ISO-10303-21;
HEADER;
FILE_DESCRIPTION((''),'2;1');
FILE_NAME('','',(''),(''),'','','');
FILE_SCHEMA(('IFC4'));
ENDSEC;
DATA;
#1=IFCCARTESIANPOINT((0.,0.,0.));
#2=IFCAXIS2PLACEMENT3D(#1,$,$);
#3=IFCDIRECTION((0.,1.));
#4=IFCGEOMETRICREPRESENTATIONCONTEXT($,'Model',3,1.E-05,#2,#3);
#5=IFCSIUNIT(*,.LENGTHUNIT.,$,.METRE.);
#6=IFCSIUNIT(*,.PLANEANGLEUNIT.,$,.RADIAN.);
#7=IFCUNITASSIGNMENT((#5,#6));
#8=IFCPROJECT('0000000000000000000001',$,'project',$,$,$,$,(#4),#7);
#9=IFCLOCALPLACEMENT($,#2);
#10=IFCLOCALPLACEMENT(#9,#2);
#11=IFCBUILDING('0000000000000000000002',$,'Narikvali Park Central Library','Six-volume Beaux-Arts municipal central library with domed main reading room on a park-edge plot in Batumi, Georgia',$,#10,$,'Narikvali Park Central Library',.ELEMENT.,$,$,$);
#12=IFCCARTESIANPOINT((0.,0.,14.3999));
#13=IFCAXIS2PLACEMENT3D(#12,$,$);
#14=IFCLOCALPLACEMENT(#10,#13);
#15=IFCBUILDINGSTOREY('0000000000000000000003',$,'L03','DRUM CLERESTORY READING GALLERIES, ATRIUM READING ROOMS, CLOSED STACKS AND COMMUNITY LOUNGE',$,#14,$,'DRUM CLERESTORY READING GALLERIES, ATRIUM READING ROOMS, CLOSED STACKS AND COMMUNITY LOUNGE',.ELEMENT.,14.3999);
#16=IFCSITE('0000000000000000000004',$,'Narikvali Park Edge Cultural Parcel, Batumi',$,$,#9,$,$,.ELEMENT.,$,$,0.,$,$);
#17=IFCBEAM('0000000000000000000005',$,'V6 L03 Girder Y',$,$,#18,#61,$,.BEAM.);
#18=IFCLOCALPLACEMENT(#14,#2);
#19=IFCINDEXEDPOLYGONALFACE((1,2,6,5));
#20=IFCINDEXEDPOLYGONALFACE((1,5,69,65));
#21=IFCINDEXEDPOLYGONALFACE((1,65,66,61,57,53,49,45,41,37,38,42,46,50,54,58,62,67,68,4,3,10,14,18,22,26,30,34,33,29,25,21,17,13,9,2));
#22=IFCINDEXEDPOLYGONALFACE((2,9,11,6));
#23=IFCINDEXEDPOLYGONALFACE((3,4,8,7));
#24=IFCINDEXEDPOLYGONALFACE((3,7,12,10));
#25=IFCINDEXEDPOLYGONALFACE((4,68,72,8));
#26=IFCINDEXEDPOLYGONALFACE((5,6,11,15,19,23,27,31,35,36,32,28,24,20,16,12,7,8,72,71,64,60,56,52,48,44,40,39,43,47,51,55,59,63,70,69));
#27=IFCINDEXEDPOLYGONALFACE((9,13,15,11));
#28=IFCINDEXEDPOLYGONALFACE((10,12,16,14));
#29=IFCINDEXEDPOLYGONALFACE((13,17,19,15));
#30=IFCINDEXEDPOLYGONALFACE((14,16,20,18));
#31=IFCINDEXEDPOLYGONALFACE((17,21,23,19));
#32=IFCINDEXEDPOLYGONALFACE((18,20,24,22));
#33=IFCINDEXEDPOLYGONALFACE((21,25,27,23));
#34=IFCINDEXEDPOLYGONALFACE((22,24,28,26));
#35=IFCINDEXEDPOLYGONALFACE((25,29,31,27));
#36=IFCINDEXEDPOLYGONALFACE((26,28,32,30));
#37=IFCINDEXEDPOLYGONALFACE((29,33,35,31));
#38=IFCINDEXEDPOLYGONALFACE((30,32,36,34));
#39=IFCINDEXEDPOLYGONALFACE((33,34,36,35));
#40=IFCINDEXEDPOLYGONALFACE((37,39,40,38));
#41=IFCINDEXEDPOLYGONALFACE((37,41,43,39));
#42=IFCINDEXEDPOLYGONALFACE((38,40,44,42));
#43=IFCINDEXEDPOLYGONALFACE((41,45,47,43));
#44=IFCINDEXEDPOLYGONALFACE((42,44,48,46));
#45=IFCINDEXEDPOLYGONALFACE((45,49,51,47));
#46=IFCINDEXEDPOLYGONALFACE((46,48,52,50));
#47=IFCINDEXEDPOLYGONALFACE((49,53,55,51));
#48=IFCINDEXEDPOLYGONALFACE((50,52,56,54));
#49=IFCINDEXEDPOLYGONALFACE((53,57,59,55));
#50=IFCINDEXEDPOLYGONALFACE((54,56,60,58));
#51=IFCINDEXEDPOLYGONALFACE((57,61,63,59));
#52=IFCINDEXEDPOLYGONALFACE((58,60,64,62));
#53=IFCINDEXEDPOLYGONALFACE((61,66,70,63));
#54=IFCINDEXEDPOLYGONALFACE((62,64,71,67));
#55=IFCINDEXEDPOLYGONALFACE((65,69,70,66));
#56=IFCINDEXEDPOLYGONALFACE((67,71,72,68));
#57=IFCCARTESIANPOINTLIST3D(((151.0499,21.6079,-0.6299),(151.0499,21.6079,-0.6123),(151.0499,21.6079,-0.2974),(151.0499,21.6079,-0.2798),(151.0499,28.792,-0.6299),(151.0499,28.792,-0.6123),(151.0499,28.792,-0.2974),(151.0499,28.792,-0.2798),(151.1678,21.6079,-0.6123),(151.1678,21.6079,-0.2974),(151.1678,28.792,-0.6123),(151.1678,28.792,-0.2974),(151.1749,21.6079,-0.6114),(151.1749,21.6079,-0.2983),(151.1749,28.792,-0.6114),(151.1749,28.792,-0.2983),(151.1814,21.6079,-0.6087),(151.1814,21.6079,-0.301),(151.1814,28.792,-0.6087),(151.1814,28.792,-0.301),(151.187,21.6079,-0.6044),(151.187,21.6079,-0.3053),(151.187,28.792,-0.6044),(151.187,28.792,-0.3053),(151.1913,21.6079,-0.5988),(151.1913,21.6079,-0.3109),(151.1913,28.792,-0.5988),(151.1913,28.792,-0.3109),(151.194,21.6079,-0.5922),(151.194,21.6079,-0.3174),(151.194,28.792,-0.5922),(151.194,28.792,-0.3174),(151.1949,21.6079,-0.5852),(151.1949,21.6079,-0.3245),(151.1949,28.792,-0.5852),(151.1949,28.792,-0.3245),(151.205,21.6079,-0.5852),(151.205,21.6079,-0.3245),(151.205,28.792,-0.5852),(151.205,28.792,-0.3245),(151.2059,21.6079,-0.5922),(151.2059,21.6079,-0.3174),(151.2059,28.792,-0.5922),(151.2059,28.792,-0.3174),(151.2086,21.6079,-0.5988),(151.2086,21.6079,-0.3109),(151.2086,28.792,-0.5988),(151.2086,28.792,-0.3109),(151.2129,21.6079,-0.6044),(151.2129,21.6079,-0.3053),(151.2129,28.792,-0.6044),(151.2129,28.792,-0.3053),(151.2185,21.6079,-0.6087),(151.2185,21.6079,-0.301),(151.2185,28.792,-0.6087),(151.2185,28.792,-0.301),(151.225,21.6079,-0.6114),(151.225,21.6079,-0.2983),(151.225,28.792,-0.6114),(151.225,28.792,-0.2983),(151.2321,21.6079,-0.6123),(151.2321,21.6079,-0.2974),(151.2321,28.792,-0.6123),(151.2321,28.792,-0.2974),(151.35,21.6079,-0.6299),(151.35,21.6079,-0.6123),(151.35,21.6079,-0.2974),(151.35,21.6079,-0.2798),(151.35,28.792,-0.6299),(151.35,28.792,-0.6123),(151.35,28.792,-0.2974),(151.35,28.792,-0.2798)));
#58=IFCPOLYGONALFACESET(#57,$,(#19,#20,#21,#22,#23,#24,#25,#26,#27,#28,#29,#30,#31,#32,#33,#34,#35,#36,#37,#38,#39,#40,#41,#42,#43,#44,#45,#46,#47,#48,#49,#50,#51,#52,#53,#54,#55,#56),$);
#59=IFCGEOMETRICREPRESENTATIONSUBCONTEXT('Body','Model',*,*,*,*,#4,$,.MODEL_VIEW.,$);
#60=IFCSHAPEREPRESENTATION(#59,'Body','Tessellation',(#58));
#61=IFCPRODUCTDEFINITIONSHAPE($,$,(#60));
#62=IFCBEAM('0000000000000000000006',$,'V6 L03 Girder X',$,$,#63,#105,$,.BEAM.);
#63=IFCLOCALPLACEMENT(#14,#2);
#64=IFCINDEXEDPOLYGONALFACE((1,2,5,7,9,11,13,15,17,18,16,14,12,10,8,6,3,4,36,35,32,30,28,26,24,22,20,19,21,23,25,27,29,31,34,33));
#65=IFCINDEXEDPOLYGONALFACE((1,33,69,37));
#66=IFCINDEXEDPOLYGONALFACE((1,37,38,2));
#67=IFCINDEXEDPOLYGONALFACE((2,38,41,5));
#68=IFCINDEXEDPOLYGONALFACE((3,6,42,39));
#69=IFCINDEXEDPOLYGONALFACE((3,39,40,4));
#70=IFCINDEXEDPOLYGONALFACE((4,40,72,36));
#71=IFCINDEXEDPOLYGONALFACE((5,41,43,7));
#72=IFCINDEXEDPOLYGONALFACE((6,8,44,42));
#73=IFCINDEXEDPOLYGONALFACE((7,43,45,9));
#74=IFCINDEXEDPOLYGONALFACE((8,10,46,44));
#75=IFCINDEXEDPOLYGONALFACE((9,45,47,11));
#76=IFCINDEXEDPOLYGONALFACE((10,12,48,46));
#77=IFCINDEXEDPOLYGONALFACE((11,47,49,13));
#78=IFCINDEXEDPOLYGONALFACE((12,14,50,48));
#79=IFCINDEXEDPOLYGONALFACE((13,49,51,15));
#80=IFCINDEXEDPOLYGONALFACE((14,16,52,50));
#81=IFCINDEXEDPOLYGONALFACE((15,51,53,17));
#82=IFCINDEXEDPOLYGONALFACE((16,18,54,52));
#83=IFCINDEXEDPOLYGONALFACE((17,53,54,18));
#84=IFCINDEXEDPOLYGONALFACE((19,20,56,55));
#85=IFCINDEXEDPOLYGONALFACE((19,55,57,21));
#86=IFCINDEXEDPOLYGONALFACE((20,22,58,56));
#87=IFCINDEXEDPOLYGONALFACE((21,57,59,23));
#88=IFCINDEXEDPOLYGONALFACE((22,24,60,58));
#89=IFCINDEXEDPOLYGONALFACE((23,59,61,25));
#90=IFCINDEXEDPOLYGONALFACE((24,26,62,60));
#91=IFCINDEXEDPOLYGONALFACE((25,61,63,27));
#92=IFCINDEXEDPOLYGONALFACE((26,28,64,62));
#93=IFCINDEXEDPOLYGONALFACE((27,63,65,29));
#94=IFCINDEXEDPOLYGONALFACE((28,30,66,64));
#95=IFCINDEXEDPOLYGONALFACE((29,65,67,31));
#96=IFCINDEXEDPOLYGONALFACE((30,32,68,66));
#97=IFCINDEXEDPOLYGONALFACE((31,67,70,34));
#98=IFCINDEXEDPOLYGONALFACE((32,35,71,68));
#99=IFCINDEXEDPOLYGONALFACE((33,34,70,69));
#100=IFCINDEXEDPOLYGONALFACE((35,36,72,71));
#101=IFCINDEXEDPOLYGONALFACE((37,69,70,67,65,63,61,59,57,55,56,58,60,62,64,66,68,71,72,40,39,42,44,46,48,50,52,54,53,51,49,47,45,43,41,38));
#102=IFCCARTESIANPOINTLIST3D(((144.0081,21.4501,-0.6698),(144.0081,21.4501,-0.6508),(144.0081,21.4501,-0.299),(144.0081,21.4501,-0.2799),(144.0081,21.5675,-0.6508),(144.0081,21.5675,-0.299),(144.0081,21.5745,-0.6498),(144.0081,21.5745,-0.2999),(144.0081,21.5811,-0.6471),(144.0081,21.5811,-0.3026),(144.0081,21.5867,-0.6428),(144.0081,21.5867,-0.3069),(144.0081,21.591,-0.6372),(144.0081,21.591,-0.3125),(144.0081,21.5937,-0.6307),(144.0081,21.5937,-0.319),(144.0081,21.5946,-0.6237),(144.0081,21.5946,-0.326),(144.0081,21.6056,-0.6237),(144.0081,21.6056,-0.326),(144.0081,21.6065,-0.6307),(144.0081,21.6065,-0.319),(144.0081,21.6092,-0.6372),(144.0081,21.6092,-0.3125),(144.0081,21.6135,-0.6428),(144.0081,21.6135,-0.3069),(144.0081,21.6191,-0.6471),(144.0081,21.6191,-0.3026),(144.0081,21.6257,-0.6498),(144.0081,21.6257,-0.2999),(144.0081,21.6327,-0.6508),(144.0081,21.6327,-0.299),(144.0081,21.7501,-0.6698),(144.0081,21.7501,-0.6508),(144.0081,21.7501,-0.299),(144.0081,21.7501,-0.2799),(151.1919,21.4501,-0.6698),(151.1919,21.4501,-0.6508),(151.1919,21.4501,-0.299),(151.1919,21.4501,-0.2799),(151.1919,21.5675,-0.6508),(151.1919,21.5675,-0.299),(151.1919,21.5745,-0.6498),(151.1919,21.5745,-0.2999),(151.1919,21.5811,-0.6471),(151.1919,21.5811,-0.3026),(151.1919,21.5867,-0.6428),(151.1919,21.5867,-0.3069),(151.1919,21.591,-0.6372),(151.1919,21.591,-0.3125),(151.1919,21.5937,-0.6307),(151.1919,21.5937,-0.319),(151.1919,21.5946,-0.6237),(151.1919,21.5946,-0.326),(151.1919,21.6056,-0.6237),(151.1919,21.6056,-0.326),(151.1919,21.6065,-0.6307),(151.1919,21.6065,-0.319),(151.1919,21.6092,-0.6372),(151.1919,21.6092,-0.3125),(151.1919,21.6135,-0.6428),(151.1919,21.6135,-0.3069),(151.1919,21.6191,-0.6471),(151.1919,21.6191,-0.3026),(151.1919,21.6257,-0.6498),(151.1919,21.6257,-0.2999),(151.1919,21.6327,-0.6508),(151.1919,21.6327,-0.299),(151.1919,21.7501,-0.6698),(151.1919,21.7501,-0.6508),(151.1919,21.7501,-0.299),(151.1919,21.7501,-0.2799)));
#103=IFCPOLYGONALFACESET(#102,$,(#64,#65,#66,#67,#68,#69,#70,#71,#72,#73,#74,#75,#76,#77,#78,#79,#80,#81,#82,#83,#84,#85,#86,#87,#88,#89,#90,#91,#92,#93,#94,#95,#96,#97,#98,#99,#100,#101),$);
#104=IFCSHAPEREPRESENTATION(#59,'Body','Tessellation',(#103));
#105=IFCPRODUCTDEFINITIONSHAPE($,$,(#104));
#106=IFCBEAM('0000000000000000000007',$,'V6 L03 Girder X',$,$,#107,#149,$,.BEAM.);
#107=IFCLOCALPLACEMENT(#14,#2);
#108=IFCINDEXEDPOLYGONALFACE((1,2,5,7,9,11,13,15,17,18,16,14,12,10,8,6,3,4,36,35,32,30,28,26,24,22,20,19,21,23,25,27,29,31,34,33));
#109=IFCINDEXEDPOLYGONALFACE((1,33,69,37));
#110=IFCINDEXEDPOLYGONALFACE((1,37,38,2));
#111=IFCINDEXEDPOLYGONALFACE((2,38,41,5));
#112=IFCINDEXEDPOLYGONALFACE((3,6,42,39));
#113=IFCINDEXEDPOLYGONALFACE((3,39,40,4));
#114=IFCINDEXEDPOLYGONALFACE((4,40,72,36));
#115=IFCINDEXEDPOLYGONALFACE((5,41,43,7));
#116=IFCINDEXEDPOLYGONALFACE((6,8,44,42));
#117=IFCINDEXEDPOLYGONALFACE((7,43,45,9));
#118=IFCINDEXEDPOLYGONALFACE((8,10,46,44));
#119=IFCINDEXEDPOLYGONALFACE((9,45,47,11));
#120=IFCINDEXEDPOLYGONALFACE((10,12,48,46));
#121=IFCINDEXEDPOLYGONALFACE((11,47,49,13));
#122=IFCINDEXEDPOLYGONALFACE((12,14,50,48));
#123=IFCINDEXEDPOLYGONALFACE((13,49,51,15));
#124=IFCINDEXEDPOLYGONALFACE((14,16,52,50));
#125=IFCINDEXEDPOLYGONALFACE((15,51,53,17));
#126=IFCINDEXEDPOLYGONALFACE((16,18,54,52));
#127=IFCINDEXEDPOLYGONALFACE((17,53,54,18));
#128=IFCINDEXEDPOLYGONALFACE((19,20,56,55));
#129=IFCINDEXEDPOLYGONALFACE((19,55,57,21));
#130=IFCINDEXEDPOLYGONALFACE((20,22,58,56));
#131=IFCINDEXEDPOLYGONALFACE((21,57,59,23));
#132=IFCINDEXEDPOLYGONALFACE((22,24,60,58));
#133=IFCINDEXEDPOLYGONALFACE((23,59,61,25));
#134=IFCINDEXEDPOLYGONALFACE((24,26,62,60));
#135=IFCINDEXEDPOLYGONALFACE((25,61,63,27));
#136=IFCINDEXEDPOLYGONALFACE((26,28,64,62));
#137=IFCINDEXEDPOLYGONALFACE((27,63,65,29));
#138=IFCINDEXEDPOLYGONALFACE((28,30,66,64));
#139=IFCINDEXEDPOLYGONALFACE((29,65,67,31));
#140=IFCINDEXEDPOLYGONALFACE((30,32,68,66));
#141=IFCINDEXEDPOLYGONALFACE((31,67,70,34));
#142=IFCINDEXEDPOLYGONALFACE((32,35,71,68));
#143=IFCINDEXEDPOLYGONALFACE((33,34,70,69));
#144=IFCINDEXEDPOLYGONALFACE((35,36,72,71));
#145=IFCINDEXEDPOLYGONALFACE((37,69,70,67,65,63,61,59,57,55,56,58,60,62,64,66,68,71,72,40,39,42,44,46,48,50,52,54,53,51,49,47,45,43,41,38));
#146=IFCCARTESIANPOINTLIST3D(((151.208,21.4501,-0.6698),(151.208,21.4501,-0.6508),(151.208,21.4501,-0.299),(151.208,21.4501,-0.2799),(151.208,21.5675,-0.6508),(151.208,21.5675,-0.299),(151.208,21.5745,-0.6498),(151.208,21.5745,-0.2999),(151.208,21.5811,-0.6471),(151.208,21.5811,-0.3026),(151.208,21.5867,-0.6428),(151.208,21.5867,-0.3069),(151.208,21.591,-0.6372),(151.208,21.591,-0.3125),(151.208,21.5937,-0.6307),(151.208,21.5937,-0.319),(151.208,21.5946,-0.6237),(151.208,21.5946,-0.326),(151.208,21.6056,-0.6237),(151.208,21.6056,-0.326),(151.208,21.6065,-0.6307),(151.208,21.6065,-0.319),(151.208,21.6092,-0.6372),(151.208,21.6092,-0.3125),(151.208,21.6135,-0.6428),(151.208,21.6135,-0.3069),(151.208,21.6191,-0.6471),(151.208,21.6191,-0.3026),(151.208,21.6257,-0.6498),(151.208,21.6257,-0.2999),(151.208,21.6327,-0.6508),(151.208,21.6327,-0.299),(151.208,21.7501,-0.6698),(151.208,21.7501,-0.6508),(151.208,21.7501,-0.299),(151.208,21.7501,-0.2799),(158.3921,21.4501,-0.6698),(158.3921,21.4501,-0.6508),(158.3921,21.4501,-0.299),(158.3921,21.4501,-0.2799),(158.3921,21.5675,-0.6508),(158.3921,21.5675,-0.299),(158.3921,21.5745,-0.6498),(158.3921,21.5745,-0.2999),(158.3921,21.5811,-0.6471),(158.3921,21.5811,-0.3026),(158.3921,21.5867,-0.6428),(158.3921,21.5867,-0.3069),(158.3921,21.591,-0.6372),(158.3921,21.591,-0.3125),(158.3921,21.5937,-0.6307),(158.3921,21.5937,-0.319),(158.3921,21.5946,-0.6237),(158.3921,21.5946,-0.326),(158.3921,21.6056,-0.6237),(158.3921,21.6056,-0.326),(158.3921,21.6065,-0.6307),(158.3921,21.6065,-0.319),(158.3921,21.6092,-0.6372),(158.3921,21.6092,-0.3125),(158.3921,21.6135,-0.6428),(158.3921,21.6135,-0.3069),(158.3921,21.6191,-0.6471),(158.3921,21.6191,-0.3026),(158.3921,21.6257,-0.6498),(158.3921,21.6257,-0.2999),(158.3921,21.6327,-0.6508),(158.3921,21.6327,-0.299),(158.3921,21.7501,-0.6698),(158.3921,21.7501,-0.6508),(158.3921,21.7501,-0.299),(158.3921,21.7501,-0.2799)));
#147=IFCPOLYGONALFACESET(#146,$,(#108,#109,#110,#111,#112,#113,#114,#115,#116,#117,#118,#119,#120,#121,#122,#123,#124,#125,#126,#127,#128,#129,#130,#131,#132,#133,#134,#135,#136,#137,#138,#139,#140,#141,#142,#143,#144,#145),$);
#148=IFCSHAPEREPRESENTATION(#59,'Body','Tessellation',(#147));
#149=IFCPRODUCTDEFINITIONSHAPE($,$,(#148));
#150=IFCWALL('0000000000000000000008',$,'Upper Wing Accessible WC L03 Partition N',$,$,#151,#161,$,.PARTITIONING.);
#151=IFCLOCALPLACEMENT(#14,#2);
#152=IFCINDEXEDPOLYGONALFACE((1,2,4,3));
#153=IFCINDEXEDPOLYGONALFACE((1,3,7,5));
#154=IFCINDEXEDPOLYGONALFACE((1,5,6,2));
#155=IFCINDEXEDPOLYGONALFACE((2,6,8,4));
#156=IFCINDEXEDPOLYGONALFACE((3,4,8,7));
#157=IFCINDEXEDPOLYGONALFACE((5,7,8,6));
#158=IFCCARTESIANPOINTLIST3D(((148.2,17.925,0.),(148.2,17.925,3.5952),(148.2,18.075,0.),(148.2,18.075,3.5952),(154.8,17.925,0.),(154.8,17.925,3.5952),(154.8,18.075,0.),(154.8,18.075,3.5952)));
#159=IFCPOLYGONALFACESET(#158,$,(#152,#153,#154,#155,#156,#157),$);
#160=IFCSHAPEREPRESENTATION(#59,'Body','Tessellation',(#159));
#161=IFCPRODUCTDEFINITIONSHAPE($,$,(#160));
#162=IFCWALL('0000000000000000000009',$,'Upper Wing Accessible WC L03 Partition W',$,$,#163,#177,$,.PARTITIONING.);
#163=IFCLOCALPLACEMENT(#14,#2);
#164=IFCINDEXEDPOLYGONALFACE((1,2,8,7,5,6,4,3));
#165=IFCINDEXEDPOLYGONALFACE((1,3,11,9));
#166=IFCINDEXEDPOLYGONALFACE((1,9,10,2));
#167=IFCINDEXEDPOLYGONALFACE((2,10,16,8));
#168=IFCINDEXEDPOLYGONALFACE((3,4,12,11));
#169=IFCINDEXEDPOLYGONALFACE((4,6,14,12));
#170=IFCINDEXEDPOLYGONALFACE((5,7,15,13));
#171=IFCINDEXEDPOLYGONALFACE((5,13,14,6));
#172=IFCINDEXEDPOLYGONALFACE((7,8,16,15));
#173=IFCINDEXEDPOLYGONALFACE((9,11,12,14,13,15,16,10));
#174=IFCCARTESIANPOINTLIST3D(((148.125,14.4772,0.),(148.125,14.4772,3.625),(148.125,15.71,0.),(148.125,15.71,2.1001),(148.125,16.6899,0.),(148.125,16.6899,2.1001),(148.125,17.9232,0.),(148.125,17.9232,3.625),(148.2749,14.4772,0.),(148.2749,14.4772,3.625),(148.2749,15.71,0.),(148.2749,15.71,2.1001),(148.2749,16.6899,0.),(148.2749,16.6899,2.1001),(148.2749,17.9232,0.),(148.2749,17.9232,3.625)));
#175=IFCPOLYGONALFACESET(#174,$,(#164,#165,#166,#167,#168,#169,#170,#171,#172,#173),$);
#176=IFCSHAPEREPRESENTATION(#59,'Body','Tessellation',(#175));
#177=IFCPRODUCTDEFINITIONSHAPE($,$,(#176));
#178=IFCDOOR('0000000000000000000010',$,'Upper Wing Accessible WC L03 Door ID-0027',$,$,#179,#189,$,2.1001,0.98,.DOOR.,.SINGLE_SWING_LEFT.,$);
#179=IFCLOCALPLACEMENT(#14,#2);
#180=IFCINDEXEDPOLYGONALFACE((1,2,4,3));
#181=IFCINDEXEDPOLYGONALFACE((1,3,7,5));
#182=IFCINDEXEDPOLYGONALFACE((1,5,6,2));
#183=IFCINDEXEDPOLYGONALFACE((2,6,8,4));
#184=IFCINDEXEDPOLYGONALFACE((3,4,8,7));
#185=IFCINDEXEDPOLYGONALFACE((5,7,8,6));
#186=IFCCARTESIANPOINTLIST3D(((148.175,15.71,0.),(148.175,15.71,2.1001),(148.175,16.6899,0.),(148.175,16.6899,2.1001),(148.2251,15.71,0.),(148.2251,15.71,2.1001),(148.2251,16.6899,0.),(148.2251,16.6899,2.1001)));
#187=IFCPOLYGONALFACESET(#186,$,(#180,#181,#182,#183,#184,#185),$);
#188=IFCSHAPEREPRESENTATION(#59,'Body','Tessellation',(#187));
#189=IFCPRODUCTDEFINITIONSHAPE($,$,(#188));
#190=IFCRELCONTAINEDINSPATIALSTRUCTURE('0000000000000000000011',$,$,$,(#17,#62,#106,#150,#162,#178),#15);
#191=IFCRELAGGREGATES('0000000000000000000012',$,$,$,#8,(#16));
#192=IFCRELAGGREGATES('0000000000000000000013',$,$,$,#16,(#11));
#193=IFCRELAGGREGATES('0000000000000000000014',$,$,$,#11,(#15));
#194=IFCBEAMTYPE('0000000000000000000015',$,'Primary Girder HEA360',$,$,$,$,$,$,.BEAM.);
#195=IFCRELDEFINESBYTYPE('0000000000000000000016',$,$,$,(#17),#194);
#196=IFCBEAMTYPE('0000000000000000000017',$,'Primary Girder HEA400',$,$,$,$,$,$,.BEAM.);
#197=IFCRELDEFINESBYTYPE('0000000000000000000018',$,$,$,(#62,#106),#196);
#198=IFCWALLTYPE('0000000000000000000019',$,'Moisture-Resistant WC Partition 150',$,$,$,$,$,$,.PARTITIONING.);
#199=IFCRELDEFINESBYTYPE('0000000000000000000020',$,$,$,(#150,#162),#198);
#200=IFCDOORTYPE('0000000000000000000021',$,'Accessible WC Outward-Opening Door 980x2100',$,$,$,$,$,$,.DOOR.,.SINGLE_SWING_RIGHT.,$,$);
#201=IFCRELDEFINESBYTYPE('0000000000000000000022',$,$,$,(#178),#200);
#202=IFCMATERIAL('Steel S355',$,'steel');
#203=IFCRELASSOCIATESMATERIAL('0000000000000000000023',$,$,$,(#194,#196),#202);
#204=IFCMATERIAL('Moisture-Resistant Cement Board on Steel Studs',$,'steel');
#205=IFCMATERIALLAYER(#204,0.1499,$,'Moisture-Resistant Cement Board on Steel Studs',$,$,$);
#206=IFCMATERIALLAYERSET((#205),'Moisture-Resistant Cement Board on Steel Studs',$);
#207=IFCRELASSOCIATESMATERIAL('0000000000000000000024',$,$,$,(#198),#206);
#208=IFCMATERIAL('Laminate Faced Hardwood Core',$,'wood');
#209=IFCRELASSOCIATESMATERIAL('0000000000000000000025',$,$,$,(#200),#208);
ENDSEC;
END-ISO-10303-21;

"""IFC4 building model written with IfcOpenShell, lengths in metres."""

from ifc_helpers import new_model, si_unit, direction, frame, frame_2d, origin, origin_2d, place, context, subcontext, project, spatial, rectangle, i_section, extrude, material, layer, layer_set, material_profile, profile_set, type_object, element, fill, save


model = new_model("IFC4")

# Units and contexts
model_context = context("Model", 3, precision=1e-05, world=origin(), true_north=direction((0.0, 1.0)))
body_context = subcontext(model_context, "Body", "Model", "MODEL_VIEW")
ifc_project = project(units=[si_unit("LENGTHUNIT", "METRE"), si_unit("PLANEANGLEUNIT", "RADIAN")], contexts=[model_context])

# Site, building, storey
site_placement = place(None, origin())
site = spatial("IfcSite", under=ifc_project, at=site_placement, Name="Narikvali Park Edge Cultural Parcel, Batumi", CompositionType="ELEMENT", RefElevation=0.0)
building_placement = place(site_placement, origin())
building = spatial("IfcBuilding", under=site, at=building_placement, Name="Narikvali Park Central Library", Description="Six-volume Beaux-Arts municipal central library with domed main reading room on a park-edge plot in Batumi, Georgia", LongName="Narikvali Park Central Library", CompositionType="ELEMENT")
storey_placement = place(building_placement, frame((0.0, 0.0, 14.3999)))
storey = spatial("IfcBuildingStorey", under=building, at=storey_placement, Name="L03", Description="DRUM CLERESTORY READING GALLERIES, ATRIUM READING ROOMS, CLOSED STACKS AND COMMUNITY LOUNGE", LongName="DRUM CLERESTORY READING GALLERIES, ATRIUM READING ROOMS, CLOSED STACKS AND COMMUNITY LOUNGE", CompositionType="ELEMENT", Elevation=14.3999)

# Shared definitions
ifc_material_1 = material(Name="Steel S355", Category="steel")

# Beams
ifc_material_profile_1 = material_profile(ifc_material_1, i_section(OverallWidth=0.3, OverallDepth=0.3501, WebThickness=0.01, FlangeThickness=0.0176, FilletRadius=0.0271, at=origin_2d()), Name="HEA 360")
ifc_profile_set_1 = profile_set([ifc_material_profile_1], Name="Steel S355")
beam_type_1 = type_object("IfcBeamType", Name="Primary Girder HEA360", PredefinedType="BEAM", material=ifc_profile_set_1)
for number, where, z_axis, x_axis, name in (
    (1, (151.2, 21.6079, -0.4548), (0.0, 1.0, 0.0), (-1.0, 0.0, 0.0), "V6 L03 Girder Y"),
):
    element("IfcBeam", number, at=place(storey_placement, frame(where, z_axis=z_axis, x_axis=x_axis)), inside=storey, type_object=beam_type_1, Name=name, PredefinedType="BEAM", context=body_context, shape_type="SweptSolid", body=[
        extrude(i_section(OverallWidth=0.3, OverallDepth=0.3501, WebThickness=0.01, FlangeThickness=0.0176, FilletRadius=0.0271, at=origin_2d()), origin(), (0.0, 0.0, 1.0), 7.1841),
    ])
ifc_material_profile_2 = material_profile(ifc_material_1, i_section(OverallWidth=0.3, OverallDepth=0.3899, WebThickness=0.011, FlangeThickness=0.019, FilletRadius=0.0271, at=origin_2d()), Name="HEA 400")
ifc_profile_set_2 = profile_set([ifc_material_profile_2], Name="Steel S355")
beam_type_2 = type_object("IfcBeamType", Name="Primary Girder HEA400", PredefinedType="BEAM", material=ifc_profile_set_2)
beam_1_placement = place(storey_placement, frame((144.0081, 21.6001, -0.4749), z_axis=(1.0, 0.0, 0.0), x_axis=(0.0, 1.0, 0.0)))
element("IfcBeam", 2, at=beam_1_placement, inside=storey, type_object=beam_type_2, Name="V6 L03 Girder X", PredefinedType="BEAM", context=body_context, shape_type="SweptSolid", body=[
    extrude(i_section(OverallWidth=0.3, OverallDepth=0.3899, WebThickness=0.011, FlangeThickness=0.019, FilletRadius=0.0271, at=origin_2d()), origin(), (0.0, 0.0, 1.0), 7.1838),
])
beam_2_placement = place(storey_placement, frame((151.208, 21.6001, -0.4749), z_axis=(1.0, 0.0, 0.0), x_axis=(0.0, 1.0, 0.0)))
element("IfcBeam", 3, at=beam_2_placement, inside=storey, type_object=beam_type_2, Name="V6 L03 Girder X", PredefinedType="BEAM", context=body_context, shape_type="SweptSolid", body=[
    extrude(i_section(OverallWidth=0.3, OverallDepth=0.3899, WebThickness=0.011, FlangeThickness=0.019, FilletRadius=0.0271, at=origin_2d()), origin(), (0.0, 0.0, 1.0), 7.1841),
])

# Wall
ifc_material_2 = material(Name="Moisture-Resistant Cement Board on Steel Studs", Category="steel")
ifc_layer_1 = layer(ifc_material_2, 0.1499, Name="Moisture-Resistant Cement Board on Steel Studs")
ifc_layer_set_1 = layer_set([ifc_layer_1], Name="Moisture-Resistant Cement Board on Steel Studs")
wall_type_1 = type_object("IfcWallType", Name="Moisture-Resistant WC Partition 150", PredefinedType="PARTITIONING", material=ifc_layer_set_1)
wall_1_placement = place(storey_placement, frame((148.2, 18.0, 0.0), z_axis=(0.0, 0.0, 1.0), x_axis=(1.0, 0.0, 0.0)))
element("IfcWall", 4, at=wall_1_placement, inside=storey, type_object=wall_type_1, Name="Upper Wing Accessible WC L03 Partition N", PredefinedType="PARTITIONING", context=body_context, shape_type="SweptSolid", body=[
    extrude(rectangle(XDim=6.6001, YDim=0.1499, at=frame_2d((3.3, 0.0))), origin(), (0.0, 0.0, 1.0), 3.5952),
])

# Wall, opening, door
wall_2_placement = place(storey_placement, frame((148.2, 14.4771, 0.0), z_axis=(0.0, 0.0, 1.0), x_axis=(0.0, 1.0, 0.0)))
wall_2 = element("IfcWall", 5, at=wall_2_placement, inside=storey, type_object=wall_type_1, Name="Upper Wing Accessible WC L03 Partition W", PredefinedType="PARTITIONING", context=body_context, shape_type="SweptSolid", body=[
    extrude(rectangle(XDim=3.446, YDim=0.1499, at=frame_2d((1.7231, 0.0))), origin(), (0.0, 0.0, 1.0), 3.625),
])
opening_1_placement = place(wall_2_placement, frame((1.2329, 0.0, 0.0)))
opening_1 = element("IfcOpeningElement", 6, at=opening_1_placement, cuts=wall_2, PredefinedType="OPENING", context=body_context, shape_type="SweptSolid", body=[
    extrude(rectangle(XDim=0.98, YDim=2.1001, at=frame_2d((0.49, 1.05))), frame((0.0, 0.0869, 0.0), z_axis=(0.0, -1.0, 0.0), x_axis=(1.0, 0.0, 0.0)), (0.0, 0.0, 1.0), 0.1738),
])
ifc_material_3 = material(Name="Laminate Faced Hardwood Core", Category="wood")
door_type_1 = type_object("IfcDoorType", Name="Accessible WC Outward-Opening Door 980x2100", OperationType="SINGLE_SWING_RIGHT", PredefinedType="DOOR", material=ifc_material_3)
door_1_placement = place(opening_1_placement, origin())
door_1 = element("IfcDoor", 7, at=door_1_placement, inside=storey, type_object=door_type_1, Name="Upper Wing Accessible WC L03 Door ID-0027", OperationType="SINGLE_SWING_LEFT", OverallHeight=2.1001, OverallWidth=0.98, PredefinedType="DOOR", context=body_context, shape_type="SweptSolid", body=[
    extrude(rectangle(XDim=0.98, YDim=2.1001, at=frame_2d((0.49, 1.05))), frame((0.0, 0.0249, 0.0), z_axis=(0.0, -1.0, 0.0), x_axis=(1.0, 0.0, 0.0)), (0.0, 0.0, 1.0), 0.05),
])
fill(opening_1, door_1)

save(model, "model.ifc")
